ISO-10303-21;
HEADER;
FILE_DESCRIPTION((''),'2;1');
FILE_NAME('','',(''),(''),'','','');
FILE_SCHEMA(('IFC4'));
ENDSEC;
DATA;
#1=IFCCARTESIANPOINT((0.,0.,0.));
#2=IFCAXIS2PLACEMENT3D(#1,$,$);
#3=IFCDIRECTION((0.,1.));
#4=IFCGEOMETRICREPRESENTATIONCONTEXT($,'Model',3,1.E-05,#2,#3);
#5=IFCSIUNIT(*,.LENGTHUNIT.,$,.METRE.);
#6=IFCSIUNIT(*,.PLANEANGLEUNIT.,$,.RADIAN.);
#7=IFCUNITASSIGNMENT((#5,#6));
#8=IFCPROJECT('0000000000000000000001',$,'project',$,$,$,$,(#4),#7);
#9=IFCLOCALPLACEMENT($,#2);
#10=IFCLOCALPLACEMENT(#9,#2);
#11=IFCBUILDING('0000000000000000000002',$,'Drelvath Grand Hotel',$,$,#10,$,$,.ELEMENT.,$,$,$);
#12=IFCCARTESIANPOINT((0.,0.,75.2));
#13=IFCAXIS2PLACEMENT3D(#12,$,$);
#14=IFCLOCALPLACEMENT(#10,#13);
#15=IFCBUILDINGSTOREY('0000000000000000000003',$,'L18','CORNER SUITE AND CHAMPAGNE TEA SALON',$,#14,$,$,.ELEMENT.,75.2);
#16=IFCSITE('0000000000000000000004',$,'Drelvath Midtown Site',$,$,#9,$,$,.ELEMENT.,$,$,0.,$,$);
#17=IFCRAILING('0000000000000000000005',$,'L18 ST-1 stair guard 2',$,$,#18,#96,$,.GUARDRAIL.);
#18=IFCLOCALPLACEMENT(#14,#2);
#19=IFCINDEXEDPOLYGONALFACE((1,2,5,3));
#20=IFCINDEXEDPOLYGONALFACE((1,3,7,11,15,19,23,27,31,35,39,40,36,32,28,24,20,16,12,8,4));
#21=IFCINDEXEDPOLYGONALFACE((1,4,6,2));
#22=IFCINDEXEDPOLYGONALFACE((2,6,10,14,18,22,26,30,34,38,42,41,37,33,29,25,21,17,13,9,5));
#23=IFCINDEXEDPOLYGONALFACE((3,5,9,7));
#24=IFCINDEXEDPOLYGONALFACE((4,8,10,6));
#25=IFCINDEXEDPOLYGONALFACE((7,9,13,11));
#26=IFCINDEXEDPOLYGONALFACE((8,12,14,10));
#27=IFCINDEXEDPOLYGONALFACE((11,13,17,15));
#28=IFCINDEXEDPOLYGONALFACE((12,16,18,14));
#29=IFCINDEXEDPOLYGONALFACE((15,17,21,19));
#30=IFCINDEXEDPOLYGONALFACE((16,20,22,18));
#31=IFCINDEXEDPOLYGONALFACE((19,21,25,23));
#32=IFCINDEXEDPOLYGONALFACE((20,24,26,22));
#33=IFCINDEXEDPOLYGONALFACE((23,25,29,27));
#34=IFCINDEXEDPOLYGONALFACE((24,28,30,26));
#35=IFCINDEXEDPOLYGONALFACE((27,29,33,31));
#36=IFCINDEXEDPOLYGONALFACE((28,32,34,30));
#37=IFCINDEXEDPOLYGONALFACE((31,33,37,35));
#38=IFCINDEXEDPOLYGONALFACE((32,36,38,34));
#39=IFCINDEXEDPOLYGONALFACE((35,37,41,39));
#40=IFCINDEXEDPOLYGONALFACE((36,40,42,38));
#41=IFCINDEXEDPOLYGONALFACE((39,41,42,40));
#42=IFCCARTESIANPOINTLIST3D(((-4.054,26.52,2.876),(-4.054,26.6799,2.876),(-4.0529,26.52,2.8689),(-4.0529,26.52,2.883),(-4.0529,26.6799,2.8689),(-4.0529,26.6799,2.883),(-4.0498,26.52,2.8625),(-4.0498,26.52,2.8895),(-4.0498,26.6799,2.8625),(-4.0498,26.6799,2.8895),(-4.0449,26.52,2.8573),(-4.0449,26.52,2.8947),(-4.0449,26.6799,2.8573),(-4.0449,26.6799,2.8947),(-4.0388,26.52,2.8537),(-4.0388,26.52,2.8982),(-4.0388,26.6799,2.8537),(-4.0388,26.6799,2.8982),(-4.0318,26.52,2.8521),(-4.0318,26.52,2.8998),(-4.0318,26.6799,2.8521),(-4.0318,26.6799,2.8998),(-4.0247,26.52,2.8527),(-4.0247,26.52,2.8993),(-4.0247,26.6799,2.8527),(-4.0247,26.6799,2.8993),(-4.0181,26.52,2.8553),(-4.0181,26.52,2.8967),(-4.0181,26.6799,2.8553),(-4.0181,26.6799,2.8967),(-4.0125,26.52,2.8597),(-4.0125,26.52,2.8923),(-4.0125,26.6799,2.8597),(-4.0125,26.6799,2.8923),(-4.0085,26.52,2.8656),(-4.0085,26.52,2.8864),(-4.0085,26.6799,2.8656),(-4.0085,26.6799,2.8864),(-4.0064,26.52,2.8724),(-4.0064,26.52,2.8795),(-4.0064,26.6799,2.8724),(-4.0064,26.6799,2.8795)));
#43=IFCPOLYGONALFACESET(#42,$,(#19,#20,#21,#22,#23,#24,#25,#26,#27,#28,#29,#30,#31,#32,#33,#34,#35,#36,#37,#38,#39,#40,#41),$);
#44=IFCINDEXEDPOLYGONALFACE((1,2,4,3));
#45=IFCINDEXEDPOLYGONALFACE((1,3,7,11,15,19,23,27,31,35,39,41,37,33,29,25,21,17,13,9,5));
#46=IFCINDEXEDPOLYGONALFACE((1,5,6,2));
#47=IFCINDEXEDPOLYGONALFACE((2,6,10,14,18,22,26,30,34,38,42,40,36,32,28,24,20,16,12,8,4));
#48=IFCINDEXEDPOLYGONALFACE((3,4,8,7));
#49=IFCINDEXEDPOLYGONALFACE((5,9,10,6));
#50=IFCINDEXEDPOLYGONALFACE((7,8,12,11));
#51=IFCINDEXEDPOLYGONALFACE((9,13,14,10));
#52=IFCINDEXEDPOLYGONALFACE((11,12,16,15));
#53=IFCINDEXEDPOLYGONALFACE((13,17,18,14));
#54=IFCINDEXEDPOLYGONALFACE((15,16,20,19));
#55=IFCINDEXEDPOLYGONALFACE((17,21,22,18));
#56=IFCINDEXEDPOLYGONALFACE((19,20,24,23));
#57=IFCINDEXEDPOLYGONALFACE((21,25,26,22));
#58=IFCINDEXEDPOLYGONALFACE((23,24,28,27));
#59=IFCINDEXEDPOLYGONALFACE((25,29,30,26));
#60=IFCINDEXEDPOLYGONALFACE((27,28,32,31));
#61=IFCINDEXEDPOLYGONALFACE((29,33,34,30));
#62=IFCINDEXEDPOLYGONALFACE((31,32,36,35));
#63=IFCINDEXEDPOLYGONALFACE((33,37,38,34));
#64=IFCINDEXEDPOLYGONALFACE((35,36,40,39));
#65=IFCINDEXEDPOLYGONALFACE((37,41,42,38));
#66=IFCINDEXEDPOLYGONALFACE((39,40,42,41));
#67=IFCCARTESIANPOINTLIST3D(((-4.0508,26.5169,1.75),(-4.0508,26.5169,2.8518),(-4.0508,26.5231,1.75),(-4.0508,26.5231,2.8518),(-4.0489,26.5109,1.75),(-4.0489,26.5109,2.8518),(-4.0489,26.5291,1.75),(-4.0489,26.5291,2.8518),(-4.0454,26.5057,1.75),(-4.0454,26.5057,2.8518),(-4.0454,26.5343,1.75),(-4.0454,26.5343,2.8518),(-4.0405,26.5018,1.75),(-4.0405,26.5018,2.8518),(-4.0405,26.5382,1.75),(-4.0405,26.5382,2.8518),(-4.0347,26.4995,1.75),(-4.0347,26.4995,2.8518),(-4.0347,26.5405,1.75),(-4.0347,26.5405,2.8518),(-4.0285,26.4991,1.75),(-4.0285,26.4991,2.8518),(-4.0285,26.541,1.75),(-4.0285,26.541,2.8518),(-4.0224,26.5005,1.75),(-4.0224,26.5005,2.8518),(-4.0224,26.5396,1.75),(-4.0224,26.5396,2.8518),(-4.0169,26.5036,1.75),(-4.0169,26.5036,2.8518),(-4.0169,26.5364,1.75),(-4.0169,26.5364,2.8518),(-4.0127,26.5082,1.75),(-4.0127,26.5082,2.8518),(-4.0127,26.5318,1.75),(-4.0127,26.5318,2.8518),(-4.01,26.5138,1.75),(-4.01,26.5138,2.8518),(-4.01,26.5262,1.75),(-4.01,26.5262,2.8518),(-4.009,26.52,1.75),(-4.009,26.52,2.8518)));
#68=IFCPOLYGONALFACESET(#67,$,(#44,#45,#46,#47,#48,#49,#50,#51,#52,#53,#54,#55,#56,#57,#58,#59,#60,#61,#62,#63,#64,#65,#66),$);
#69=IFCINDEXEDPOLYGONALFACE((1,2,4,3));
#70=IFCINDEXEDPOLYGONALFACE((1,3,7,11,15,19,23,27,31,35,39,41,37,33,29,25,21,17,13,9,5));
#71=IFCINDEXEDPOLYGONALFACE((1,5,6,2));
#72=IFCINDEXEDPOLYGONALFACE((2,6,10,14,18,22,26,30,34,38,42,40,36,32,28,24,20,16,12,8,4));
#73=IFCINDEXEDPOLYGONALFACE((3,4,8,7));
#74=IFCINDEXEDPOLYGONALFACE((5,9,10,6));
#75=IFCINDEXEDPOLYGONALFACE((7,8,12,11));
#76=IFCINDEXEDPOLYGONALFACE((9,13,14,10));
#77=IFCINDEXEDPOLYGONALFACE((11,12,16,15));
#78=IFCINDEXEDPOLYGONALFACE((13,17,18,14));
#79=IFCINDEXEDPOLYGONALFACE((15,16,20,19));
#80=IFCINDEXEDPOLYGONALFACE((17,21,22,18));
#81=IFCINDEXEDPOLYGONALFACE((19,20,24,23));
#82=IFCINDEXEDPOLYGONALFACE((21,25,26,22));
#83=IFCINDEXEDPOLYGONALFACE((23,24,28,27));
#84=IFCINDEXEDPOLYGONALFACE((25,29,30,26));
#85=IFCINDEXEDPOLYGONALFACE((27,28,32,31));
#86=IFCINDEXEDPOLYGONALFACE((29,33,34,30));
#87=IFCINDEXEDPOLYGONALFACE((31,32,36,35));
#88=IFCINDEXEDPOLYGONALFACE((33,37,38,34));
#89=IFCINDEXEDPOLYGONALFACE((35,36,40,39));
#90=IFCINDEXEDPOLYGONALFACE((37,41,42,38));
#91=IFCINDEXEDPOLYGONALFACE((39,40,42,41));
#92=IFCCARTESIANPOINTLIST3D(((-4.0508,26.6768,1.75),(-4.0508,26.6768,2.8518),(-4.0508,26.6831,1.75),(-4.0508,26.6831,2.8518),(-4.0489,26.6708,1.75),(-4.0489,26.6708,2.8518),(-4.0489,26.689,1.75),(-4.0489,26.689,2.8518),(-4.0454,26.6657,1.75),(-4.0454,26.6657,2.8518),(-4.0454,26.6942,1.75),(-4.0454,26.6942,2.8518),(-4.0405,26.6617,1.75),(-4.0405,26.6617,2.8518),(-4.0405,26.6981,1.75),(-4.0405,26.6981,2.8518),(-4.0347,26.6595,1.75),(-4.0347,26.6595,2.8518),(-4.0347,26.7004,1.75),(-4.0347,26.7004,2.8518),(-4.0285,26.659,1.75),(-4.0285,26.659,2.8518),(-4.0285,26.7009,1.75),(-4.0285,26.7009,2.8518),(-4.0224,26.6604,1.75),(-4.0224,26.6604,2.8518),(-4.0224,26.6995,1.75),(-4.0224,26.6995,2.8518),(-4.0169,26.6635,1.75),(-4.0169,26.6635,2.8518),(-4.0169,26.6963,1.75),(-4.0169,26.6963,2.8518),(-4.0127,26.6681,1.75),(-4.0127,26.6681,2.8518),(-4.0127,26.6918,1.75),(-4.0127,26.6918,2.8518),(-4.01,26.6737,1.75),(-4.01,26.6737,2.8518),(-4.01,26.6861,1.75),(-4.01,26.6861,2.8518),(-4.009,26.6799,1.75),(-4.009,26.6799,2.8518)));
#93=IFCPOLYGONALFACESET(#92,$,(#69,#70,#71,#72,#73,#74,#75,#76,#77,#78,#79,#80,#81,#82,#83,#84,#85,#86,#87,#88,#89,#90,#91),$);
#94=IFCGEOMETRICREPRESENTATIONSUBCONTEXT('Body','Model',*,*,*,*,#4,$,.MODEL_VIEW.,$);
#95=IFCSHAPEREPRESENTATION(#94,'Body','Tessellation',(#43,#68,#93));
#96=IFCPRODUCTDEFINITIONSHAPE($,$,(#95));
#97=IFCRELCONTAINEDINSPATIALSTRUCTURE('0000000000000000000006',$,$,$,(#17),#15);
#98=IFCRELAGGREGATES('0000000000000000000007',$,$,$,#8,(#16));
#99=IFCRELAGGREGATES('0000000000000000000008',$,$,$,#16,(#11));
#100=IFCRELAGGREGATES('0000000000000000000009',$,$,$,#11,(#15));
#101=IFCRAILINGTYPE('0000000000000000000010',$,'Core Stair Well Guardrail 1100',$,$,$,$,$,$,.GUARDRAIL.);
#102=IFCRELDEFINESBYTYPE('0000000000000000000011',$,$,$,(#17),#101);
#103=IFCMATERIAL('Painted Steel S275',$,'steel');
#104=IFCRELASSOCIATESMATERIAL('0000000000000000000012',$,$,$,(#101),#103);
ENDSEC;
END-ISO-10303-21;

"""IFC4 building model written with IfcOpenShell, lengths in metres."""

from ifc_helpers import new_model, si_unit, direction, frame, origin, origin_2d, place, context, subcontext, project, spatial, circle, extrude, material, type_object, element, save


model = new_model("IFC4")

# Units and contexts
model_context = context("Model", 3, precision=1e-05, world=origin(), true_north=direction((0.0, 1.0)))
body_context = subcontext(model_context, "Body", "Model", "MODEL_VIEW")
ifc_project = project(units=[si_unit("LENGTHUNIT", "METRE"), si_unit("PLANEANGLEUNIT", "RADIAN")], contexts=[model_context])

# Site, building, storey
site_placement = place(None, origin())
site = spatial("IfcSite", under=ifc_project, at=site_placement, Name="Drelvath Midtown Site", CompositionType="ELEMENT", RefElevation=0.0)
building_placement = place(site_placement, origin())
building = spatial("IfcBuilding", under=site, at=building_placement, Name="Drelvath Grand Hotel", CompositionType="ELEMENT")
storey_placement = place(building_placement, frame((0.0, 0.0, 75.2)))
storey = spatial("IfcBuildingStorey", under=building, at=storey_placement, Name="L18", Description="CORNER SUITE AND CHAMPAGNE TEA SALON", CompositionType="ELEMENT", Elevation=75.2)

# Shared definitions
ifc_material_1 = material(Name="Painted Steel S275", Category="steel")

# Railing
railing_type_1 = type_object("IfcRailingType", Name="Core Stair Well Guardrail 1100", PredefinedType="GUARDRAIL", material=ifc_material_1)
railing_1_placement = place(storey_placement, frame((-4.03, 26.52, 1.75)))
element("IfcRailing", 1, at=railing_1_placement, inside=storey, type_object=railing_type_1, Name="L18 ST-1 stair guard 2", PredefinedType="GUARDRAIL", context=body_context, shape_type="SweptSolid", body=[
    extrude(circle(Radius=0.0239, at=origin_2d()), frame((0.0, 0.0, 1.126), z_axis=(0.0, 1.0, 0.0), x_axis=(-1.0, 0.0, 0.0)), (0.0, 0.0, 1.0), 0.1599),
    extrude(circle(Radius=0.021, at=origin_2d()), origin(), (0.0, 0.0, 1.0), 1.1018),
    extrude(circle(Radius=0.021, at=origin_2d()), frame((0.0, 0.1599, 0.0)), (0.0, 0.0, 1.0), 1.1018),
])

save(model, "model.ifc")
